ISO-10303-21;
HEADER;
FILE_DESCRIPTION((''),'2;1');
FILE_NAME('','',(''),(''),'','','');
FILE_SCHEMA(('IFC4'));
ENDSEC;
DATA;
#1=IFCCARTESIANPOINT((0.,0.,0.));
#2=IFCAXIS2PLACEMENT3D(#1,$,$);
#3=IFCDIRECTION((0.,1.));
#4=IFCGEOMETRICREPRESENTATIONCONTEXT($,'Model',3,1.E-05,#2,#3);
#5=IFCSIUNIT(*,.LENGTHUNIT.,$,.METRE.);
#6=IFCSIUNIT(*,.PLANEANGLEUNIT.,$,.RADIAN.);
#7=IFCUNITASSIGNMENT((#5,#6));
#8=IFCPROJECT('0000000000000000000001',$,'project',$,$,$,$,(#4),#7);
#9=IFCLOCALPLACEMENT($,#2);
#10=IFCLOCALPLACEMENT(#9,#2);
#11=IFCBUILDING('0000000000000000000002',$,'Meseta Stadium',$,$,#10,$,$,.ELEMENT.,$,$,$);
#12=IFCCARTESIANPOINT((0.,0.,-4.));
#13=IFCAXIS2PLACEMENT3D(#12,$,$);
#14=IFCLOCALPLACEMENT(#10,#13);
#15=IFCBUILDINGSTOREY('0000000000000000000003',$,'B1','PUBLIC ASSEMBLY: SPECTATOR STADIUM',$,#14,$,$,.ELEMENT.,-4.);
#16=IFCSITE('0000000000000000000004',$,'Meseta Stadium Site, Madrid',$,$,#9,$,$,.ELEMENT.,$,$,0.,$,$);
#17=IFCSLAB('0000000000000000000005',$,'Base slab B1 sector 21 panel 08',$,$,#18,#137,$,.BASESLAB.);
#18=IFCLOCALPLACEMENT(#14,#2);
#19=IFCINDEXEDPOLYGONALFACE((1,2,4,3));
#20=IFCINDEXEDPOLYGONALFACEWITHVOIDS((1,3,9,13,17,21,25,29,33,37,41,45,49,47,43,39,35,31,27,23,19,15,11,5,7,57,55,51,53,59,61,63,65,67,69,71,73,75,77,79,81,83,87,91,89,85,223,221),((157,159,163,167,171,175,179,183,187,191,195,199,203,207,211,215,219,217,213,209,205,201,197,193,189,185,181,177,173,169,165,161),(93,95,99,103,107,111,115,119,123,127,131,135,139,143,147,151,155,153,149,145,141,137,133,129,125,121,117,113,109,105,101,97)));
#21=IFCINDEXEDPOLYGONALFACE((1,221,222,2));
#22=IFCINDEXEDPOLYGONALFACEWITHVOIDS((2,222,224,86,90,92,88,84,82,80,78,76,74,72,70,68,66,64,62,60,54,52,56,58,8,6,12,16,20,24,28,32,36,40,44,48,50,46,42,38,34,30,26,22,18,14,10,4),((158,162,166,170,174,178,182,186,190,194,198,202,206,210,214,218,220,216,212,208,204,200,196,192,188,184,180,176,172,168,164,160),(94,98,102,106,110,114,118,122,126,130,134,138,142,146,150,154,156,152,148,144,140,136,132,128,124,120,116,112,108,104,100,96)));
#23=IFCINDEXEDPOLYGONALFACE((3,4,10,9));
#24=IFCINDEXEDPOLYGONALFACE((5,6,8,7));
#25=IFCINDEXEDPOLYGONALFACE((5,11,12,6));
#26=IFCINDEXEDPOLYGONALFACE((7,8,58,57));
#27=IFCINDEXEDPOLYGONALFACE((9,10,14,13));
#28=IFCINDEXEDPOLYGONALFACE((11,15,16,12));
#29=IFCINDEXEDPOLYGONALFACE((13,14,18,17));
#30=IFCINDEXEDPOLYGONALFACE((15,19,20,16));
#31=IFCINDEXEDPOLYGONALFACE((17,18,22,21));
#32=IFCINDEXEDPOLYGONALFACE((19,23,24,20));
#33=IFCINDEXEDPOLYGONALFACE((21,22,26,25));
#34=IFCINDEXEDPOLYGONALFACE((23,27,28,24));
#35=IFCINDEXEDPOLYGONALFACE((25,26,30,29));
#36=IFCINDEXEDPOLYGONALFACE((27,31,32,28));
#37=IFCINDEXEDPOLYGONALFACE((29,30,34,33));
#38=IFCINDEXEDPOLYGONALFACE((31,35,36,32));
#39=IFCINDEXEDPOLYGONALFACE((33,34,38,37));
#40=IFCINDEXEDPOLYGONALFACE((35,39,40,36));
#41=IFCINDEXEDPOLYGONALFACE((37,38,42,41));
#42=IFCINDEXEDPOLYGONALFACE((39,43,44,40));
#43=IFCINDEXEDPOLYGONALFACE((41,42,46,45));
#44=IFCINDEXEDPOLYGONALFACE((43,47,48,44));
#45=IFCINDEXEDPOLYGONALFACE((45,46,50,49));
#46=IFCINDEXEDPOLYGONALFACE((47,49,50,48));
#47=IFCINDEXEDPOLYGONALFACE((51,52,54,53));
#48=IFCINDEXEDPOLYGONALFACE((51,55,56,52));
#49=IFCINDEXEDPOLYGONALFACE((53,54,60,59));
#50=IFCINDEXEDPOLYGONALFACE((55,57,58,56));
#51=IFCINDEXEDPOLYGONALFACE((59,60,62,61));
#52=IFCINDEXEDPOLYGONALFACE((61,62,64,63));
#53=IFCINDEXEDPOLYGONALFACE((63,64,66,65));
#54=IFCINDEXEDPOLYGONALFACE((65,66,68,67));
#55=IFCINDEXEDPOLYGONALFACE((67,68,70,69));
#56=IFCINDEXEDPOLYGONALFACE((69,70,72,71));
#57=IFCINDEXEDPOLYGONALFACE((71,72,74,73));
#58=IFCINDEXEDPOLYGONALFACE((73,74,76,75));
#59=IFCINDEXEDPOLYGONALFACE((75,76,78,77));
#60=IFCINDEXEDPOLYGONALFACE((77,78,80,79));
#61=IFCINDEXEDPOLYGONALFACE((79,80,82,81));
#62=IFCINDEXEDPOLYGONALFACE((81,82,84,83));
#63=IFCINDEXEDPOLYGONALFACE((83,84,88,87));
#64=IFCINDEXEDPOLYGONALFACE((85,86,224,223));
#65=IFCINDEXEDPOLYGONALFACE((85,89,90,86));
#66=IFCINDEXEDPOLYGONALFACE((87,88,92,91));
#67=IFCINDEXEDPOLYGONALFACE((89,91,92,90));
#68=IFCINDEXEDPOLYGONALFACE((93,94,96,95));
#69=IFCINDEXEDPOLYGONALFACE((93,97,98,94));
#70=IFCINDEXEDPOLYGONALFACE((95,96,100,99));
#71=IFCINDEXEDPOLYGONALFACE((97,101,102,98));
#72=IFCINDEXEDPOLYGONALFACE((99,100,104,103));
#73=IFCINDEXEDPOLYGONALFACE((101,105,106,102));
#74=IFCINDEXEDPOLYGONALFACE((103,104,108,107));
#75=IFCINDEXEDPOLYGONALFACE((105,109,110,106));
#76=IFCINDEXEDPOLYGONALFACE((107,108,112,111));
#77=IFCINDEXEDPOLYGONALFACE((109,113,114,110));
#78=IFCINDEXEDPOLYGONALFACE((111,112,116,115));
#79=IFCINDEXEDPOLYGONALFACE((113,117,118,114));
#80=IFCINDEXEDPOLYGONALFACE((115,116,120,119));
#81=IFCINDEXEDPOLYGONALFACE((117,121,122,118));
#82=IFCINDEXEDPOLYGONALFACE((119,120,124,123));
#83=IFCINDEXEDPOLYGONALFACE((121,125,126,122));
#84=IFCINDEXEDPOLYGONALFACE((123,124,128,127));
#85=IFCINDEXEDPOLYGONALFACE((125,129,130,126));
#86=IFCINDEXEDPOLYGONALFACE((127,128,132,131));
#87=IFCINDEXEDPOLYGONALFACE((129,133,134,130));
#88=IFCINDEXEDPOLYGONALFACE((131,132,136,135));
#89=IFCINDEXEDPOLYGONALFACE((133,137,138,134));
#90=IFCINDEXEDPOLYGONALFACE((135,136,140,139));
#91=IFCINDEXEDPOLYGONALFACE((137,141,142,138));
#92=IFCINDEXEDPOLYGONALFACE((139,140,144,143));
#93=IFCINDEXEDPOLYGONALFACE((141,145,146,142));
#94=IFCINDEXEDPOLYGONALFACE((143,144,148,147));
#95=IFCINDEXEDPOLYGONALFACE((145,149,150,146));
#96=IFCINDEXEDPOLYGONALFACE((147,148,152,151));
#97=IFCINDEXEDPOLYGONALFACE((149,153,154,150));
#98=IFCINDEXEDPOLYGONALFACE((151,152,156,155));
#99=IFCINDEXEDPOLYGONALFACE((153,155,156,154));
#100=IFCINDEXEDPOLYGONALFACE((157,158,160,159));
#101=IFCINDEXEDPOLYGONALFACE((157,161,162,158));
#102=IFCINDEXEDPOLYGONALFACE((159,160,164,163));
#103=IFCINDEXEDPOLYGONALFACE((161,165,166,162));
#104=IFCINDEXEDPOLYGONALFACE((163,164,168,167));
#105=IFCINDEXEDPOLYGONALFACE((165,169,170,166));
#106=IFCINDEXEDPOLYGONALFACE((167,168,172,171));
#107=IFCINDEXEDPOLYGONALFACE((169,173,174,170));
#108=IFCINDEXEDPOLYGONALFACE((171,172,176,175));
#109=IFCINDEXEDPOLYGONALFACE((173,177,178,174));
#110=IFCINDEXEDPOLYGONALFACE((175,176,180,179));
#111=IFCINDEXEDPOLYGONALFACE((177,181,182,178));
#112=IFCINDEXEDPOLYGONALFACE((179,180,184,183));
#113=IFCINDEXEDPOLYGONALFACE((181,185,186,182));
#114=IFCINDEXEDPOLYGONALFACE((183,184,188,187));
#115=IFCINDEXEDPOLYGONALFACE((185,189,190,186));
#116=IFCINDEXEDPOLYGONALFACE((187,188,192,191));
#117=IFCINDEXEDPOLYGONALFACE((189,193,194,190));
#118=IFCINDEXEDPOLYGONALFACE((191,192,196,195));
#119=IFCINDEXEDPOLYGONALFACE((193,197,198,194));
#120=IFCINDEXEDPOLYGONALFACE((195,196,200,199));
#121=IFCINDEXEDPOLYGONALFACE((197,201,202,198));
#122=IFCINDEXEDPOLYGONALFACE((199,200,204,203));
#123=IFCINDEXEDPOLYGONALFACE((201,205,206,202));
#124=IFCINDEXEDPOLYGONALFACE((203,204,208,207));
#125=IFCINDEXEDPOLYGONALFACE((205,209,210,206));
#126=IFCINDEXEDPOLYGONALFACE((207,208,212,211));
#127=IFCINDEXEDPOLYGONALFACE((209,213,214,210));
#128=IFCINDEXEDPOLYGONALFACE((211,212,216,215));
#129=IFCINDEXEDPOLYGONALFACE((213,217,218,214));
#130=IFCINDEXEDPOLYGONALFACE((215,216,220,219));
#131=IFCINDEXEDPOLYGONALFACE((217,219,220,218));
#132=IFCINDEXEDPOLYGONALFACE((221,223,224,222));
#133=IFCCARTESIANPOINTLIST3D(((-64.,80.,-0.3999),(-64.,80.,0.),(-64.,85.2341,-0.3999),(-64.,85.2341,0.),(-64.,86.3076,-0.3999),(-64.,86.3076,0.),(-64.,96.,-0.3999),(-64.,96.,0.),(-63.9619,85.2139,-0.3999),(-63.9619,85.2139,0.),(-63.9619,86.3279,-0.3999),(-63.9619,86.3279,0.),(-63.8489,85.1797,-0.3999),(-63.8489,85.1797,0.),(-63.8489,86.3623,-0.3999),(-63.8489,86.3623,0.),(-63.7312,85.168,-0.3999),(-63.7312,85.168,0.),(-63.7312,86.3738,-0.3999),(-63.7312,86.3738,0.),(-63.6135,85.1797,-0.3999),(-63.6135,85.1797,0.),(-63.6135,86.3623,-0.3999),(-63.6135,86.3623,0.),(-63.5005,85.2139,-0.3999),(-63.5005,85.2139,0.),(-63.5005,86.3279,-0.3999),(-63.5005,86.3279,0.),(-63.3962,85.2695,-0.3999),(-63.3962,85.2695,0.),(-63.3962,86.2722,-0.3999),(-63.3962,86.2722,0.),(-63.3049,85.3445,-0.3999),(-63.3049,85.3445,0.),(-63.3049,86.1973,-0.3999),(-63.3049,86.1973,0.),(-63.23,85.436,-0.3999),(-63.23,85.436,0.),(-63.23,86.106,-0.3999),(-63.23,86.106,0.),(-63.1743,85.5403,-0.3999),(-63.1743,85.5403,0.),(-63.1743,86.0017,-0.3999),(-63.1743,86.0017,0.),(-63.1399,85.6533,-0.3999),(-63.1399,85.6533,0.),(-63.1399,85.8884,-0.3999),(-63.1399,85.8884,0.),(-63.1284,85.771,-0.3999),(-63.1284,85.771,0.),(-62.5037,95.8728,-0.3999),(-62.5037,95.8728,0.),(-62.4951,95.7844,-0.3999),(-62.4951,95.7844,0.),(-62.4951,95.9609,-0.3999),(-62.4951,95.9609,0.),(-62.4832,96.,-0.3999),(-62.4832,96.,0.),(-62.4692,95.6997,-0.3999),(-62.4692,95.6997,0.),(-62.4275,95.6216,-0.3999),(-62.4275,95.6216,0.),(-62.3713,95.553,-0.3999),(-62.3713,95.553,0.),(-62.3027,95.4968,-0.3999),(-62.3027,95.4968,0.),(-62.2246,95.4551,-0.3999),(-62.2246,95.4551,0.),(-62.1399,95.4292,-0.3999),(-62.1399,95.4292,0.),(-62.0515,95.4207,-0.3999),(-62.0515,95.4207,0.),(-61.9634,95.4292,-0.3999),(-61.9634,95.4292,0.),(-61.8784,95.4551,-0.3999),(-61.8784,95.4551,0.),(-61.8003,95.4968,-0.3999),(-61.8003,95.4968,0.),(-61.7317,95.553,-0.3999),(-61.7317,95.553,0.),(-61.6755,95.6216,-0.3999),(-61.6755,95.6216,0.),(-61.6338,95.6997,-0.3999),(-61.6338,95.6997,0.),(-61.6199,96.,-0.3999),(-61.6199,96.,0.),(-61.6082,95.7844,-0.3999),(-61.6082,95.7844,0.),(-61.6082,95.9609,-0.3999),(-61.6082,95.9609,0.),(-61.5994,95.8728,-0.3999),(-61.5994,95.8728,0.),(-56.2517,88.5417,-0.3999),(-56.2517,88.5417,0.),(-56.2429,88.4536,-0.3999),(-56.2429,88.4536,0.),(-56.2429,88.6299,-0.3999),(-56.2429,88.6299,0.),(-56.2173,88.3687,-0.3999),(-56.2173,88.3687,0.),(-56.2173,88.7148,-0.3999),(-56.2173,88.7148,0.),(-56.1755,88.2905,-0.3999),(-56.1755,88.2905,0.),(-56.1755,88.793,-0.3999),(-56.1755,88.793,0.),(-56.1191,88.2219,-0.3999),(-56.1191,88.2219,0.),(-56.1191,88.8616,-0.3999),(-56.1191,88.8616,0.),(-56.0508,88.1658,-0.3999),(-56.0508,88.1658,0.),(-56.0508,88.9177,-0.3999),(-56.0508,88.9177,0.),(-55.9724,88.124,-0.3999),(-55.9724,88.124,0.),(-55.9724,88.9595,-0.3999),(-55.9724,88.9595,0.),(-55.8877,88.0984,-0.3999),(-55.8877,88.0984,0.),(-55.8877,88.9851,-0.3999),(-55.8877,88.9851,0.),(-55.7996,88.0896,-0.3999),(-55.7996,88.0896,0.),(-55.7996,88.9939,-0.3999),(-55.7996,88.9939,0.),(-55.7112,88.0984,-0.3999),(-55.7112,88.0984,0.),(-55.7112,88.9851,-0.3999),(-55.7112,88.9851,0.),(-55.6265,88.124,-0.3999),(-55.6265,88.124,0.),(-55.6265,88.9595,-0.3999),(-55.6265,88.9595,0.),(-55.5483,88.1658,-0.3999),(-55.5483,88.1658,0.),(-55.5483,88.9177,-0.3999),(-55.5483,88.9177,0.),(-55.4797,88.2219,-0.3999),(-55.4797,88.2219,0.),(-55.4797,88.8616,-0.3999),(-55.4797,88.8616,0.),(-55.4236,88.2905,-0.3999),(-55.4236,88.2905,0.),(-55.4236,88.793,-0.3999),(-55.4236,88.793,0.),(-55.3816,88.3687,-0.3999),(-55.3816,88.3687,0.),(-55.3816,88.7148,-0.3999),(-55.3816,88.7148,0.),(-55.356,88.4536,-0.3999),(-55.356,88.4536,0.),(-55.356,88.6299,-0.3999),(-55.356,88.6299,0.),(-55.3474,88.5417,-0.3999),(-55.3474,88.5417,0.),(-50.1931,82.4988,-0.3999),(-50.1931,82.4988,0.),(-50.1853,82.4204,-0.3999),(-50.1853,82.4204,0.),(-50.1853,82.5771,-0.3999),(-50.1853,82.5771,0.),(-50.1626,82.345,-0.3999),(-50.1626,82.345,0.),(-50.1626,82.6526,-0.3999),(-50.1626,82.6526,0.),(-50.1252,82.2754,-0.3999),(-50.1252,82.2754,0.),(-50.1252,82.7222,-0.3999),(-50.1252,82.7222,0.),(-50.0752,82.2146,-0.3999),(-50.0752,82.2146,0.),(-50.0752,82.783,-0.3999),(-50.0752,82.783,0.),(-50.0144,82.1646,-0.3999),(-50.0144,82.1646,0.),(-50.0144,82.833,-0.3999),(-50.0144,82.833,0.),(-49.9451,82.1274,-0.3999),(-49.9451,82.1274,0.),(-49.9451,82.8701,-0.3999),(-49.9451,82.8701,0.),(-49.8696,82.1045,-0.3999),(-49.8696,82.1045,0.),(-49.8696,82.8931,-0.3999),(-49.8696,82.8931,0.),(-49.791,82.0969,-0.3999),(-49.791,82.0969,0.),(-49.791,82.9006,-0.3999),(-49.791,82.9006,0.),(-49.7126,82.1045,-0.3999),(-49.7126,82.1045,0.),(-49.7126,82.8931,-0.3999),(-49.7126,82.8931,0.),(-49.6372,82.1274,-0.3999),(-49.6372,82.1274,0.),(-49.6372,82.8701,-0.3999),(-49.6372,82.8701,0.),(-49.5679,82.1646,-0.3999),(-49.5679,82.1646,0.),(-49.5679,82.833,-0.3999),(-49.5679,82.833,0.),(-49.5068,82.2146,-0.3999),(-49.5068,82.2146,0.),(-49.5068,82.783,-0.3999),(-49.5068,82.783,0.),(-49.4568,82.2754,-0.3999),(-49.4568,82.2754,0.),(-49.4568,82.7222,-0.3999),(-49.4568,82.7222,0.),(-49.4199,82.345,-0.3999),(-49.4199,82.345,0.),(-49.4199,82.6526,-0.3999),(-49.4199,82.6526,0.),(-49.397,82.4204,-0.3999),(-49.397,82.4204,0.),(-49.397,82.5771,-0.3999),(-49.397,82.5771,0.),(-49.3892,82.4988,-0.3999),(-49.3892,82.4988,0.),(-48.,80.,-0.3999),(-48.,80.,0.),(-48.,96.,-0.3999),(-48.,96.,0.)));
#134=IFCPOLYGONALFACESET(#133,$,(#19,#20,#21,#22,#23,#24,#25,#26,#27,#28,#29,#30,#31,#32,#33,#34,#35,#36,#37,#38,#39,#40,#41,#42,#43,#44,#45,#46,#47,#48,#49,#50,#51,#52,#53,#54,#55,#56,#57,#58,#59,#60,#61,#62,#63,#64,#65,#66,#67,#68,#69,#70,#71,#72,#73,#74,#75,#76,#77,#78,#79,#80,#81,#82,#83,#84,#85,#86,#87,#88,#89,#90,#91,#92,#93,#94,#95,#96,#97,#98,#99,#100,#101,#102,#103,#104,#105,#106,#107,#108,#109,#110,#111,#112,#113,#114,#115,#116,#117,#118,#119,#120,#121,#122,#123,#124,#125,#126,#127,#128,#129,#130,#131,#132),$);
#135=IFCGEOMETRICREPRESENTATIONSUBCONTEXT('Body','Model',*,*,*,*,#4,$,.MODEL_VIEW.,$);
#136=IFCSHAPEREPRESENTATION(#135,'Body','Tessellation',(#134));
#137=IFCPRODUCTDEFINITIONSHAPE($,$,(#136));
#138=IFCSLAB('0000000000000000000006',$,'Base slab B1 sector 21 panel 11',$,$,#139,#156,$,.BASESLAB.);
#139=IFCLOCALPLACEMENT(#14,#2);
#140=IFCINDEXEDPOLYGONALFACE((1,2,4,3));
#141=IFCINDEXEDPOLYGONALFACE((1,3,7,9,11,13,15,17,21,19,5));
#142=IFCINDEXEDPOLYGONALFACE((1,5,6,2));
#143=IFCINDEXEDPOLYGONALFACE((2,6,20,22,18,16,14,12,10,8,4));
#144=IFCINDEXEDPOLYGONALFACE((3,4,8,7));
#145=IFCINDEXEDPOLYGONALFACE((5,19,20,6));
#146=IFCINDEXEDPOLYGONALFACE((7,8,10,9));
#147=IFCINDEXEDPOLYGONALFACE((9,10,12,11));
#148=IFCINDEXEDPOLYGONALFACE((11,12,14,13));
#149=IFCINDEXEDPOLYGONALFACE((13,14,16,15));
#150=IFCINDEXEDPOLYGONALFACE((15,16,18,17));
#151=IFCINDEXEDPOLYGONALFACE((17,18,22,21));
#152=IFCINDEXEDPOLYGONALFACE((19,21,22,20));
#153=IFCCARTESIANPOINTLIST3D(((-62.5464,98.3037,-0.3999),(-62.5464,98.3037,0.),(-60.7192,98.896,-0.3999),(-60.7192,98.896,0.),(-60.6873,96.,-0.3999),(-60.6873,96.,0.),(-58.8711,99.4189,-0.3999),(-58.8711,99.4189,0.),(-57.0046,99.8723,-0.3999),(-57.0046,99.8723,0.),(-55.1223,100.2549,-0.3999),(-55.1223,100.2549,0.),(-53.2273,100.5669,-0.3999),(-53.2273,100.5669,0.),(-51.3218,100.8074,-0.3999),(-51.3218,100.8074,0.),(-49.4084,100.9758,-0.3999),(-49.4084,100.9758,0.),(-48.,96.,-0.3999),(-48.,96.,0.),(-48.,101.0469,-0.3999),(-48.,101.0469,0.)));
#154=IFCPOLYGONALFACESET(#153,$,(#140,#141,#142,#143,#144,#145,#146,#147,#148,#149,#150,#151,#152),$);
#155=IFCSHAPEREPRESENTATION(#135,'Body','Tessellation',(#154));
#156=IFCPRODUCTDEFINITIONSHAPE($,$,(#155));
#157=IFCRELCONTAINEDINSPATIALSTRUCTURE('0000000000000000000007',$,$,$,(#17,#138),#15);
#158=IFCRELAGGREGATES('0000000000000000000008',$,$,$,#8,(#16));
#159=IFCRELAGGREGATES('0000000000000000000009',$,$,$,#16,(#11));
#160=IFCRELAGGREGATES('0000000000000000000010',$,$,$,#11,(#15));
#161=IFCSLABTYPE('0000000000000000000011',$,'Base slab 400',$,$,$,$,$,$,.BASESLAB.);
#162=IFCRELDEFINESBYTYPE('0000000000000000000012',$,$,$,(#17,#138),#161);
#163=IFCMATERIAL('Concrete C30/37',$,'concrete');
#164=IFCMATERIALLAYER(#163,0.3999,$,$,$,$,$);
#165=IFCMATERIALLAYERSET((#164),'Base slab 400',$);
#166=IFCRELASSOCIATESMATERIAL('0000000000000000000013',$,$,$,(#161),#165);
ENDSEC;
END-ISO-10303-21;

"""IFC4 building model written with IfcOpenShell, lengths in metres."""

from ifc_helpers import new_model, si_unit, direction, frame, origin, place, context, subcontext, project, spatial, polyline, outline, extrude, material, layer, layer_set, type_object, element, save


model = new_model("IFC4")

# Units and contexts
model_context = context("Model", 3, precision=1e-05, world=origin(), true_north=direction((0.0, 1.0)))
body_context = subcontext(model_context, "Body", "Model", "MODEL_VIEW")
ifc_project = project(units=[si_unit("LENGTHUNIT", "METRE"), si_unit("PLANEANGLEUNIT", "RADIAN")], contexts=[model_context])

# Site, building, storey
site_placement = place(None, origin())
site = spatial("IfcSite", under=ifc_project, at=site_placement, Name="Meseta Stadium Site, Madrid", CompositionType="ELEMENT", RefElevation=0.0)
building_placement = place(site_placement, origin())
building = spatial("IfcBuilding", under=site, at=building_placement, Name="Meseta Stadium", CompositionType="ELEMENT")
storey_placement = place(building_placement, frame((0.0, 0.0, -4.0)))
storey = spatial("IfcBuildingStorey", under=building, at=storey_placement, Name="B1", Description="PUBLIC ASSEMBLY: SPECTATOR STADIUM", CompositionType="ELEMENT", Elevation=-4.0)

# Slabs
ifc_material = material(Name="Concrete C30/37", Category="concrete")
ifc_layer = layer(ifc_material, 0.3999)
ifc_layer_set = layer_set([ifc_layer], Name="Base slab 400")
slab_type = type_object("IfcSlabType", Name="Base slab 400", PredefinedType="BASESLAB", material=ifc_layer_set)
slab_1_placement = place(storey_placement, frame((0.0, 0.0, -0.3999)))
element("IfcSlab", 1, at=slab_1_placement, inside=storey, type_object=slab_type, Name="Base slab B1 sector 21 panel 08", PredefinedType="BASESLAB", context=body_context, shape_type="SweptSolid", body=[
    extrude(outline(polyline([(-63.6135, 85.1797), (-63.7312, 85.168), (-63.8489, 85.1797), (-63.9619, 85.2139), (-64.0, 85.2341), (-64.0, 80.0), (-48.0, 80.0), (-48.0, 96.0), (-61.6199, 96.0), (-61.6082, 95.9609), (-61.5994, 95.8728), (-61.6082, 95.7844), (-61.6338, 95.6997), (-61.6755, 95.6216), (-61.7317, 95.553), (-61.8003, 95.4968), (-61.8784, 95.4551), (-61.9634, 95.4292), (-62.0515, 95.4207), (-62.1399, 95.4292), (-62.2246, 95.4551), (-62.3027, 95.4968), (-62.3713, 95.553), (-62.4275, 95.6216), (-62.4692, 95.6997), (-62.4951, 95.7844), (-62.5037, 95.8728), (-62.4951, 95.9609), (-62.4832, 96.0), (-64.0, 96.0), (-64.0, 86.3076), (-63.9619, 86.3279), (-63.8489, 86.3623), (-63.7312, 86.3738), (-63.6135, 86.3623), (-63.5005, 86.3279), (-63.3962, 86.2722), (-63.3049, 86.1973), (-63.23, 86.106), (-63.1743, 86.0017), (-63.1399, 85.8884), (-63.1284, 85.771), (-63.1399, 85.6533), (-63.1743, 85.5403), (-63.23, 85.436), (-63.3049, 85.3445), (-63.3962, 85.2695), (-63.5005, 85.2139), (-63.6135, 85.1797)]), holes=[polyline([(-50.1853, 82.5771), (-50.1626, 82.6526), (-50.1252, 82.7222), (-50.0752, 82.783), (-50.0144, 82.833), (-49.9451, 82.8701), (-49.8696, 82.8931), (-49.791, 82.9006), (-49.7126, 82.8931), (-49.6372, 82.8701), (-49.5679, 82.833), (-49.5068, 82.783), (-49.4568, 82.7222), (-49.4199, 82.6526), (-49.397, 82.5771), (-49.3892, 82.4988), (-49.397, 82.4204), (-49.4199, 82.345), (-49.4568, 82.2754), (-49.5068, 82.2146), (-49.5679, 82.1646), (-49.6372, 82.1274), (-49.7126, 82.1045), (-49.791, 82.0969), (-49.8696, 82.1045), (-49.9451, 82.1274), (-50.0144, 82.1646), (-50.0752, 82.2146), (-50.1252, 82.2754), (-50.1626, 82.345), (-50.1853, 82.4204), (-50.1931, 82.4988), (-50.1853, 82.5771)]), polyline([(-55.3474, 88.5417), (-55.356, 88.4536), (-55.3816, 88.3687), (-55.4236, 88.2905), (-55.4797, 88.2219), (-55.5483, 88.1658), (-55.6265, 88.124), (-55.7112, 88.0984), (-55.7996, 88.0896), (-55.8877, 88.0984), (-55.9724, 88.124), (-56.0508, 88.1658), (-56.1191, 88.2219), (-56.1755, 88.2905), (-56.2173, 88.3687), (-56.2429, 88.4536), (-56.2517, 88.5417), (-56.2429, 88.6299), (-56.2173, 88.7148), (-56.1755, 88.793), (-56.1191, 88.8616), (-56.0508, 88.9177), (-55.9724, 88.9595), (-55.8877, 88.9851), (-55.7996, 88.9939), (-55.7112, 88.9851), (-55.6265, 88.9595), (-55.5483, 88.9177), (-55.4797, 88.8616), (-55.4236, 88.793), (-55.3816, 88.7148), (-55.356, 88.6299), (-55.3474, 88.5417)])]), origin(), (0.0, 0.0, 1.0), 0.3999),
])
slab_2_placement = place(storey_placement, frame((0.0, 0.0, -0.3999)))
element("IfcSlab", 2, at=slab_2_placement, inside=storey, type_object=slab_type, Name="Base slab B1 sector 21 panel 11", PredefinedType="BASESLAB", context=body_context, shape_type="SweptSolid", body=[
    extrude(outline(polyline([(-55.1223, 100.2549), (-57.0046, 99.8723), (-58.8711, 99.4189), (-60.7192, 98.896), (-62.5464, 98.3037), (-60.6873, 96.0), (-48.0, 96.0), (-48.0, 101.0469), (-49.4084, 100.9758), (-51.3218, 100.8074), (-53.2273, 100.5669), (-55.1223, 100.2549)])), origin(), (0.0, 0.0, 1.0), 0.3999),
])

save(model, "model.ifc")
